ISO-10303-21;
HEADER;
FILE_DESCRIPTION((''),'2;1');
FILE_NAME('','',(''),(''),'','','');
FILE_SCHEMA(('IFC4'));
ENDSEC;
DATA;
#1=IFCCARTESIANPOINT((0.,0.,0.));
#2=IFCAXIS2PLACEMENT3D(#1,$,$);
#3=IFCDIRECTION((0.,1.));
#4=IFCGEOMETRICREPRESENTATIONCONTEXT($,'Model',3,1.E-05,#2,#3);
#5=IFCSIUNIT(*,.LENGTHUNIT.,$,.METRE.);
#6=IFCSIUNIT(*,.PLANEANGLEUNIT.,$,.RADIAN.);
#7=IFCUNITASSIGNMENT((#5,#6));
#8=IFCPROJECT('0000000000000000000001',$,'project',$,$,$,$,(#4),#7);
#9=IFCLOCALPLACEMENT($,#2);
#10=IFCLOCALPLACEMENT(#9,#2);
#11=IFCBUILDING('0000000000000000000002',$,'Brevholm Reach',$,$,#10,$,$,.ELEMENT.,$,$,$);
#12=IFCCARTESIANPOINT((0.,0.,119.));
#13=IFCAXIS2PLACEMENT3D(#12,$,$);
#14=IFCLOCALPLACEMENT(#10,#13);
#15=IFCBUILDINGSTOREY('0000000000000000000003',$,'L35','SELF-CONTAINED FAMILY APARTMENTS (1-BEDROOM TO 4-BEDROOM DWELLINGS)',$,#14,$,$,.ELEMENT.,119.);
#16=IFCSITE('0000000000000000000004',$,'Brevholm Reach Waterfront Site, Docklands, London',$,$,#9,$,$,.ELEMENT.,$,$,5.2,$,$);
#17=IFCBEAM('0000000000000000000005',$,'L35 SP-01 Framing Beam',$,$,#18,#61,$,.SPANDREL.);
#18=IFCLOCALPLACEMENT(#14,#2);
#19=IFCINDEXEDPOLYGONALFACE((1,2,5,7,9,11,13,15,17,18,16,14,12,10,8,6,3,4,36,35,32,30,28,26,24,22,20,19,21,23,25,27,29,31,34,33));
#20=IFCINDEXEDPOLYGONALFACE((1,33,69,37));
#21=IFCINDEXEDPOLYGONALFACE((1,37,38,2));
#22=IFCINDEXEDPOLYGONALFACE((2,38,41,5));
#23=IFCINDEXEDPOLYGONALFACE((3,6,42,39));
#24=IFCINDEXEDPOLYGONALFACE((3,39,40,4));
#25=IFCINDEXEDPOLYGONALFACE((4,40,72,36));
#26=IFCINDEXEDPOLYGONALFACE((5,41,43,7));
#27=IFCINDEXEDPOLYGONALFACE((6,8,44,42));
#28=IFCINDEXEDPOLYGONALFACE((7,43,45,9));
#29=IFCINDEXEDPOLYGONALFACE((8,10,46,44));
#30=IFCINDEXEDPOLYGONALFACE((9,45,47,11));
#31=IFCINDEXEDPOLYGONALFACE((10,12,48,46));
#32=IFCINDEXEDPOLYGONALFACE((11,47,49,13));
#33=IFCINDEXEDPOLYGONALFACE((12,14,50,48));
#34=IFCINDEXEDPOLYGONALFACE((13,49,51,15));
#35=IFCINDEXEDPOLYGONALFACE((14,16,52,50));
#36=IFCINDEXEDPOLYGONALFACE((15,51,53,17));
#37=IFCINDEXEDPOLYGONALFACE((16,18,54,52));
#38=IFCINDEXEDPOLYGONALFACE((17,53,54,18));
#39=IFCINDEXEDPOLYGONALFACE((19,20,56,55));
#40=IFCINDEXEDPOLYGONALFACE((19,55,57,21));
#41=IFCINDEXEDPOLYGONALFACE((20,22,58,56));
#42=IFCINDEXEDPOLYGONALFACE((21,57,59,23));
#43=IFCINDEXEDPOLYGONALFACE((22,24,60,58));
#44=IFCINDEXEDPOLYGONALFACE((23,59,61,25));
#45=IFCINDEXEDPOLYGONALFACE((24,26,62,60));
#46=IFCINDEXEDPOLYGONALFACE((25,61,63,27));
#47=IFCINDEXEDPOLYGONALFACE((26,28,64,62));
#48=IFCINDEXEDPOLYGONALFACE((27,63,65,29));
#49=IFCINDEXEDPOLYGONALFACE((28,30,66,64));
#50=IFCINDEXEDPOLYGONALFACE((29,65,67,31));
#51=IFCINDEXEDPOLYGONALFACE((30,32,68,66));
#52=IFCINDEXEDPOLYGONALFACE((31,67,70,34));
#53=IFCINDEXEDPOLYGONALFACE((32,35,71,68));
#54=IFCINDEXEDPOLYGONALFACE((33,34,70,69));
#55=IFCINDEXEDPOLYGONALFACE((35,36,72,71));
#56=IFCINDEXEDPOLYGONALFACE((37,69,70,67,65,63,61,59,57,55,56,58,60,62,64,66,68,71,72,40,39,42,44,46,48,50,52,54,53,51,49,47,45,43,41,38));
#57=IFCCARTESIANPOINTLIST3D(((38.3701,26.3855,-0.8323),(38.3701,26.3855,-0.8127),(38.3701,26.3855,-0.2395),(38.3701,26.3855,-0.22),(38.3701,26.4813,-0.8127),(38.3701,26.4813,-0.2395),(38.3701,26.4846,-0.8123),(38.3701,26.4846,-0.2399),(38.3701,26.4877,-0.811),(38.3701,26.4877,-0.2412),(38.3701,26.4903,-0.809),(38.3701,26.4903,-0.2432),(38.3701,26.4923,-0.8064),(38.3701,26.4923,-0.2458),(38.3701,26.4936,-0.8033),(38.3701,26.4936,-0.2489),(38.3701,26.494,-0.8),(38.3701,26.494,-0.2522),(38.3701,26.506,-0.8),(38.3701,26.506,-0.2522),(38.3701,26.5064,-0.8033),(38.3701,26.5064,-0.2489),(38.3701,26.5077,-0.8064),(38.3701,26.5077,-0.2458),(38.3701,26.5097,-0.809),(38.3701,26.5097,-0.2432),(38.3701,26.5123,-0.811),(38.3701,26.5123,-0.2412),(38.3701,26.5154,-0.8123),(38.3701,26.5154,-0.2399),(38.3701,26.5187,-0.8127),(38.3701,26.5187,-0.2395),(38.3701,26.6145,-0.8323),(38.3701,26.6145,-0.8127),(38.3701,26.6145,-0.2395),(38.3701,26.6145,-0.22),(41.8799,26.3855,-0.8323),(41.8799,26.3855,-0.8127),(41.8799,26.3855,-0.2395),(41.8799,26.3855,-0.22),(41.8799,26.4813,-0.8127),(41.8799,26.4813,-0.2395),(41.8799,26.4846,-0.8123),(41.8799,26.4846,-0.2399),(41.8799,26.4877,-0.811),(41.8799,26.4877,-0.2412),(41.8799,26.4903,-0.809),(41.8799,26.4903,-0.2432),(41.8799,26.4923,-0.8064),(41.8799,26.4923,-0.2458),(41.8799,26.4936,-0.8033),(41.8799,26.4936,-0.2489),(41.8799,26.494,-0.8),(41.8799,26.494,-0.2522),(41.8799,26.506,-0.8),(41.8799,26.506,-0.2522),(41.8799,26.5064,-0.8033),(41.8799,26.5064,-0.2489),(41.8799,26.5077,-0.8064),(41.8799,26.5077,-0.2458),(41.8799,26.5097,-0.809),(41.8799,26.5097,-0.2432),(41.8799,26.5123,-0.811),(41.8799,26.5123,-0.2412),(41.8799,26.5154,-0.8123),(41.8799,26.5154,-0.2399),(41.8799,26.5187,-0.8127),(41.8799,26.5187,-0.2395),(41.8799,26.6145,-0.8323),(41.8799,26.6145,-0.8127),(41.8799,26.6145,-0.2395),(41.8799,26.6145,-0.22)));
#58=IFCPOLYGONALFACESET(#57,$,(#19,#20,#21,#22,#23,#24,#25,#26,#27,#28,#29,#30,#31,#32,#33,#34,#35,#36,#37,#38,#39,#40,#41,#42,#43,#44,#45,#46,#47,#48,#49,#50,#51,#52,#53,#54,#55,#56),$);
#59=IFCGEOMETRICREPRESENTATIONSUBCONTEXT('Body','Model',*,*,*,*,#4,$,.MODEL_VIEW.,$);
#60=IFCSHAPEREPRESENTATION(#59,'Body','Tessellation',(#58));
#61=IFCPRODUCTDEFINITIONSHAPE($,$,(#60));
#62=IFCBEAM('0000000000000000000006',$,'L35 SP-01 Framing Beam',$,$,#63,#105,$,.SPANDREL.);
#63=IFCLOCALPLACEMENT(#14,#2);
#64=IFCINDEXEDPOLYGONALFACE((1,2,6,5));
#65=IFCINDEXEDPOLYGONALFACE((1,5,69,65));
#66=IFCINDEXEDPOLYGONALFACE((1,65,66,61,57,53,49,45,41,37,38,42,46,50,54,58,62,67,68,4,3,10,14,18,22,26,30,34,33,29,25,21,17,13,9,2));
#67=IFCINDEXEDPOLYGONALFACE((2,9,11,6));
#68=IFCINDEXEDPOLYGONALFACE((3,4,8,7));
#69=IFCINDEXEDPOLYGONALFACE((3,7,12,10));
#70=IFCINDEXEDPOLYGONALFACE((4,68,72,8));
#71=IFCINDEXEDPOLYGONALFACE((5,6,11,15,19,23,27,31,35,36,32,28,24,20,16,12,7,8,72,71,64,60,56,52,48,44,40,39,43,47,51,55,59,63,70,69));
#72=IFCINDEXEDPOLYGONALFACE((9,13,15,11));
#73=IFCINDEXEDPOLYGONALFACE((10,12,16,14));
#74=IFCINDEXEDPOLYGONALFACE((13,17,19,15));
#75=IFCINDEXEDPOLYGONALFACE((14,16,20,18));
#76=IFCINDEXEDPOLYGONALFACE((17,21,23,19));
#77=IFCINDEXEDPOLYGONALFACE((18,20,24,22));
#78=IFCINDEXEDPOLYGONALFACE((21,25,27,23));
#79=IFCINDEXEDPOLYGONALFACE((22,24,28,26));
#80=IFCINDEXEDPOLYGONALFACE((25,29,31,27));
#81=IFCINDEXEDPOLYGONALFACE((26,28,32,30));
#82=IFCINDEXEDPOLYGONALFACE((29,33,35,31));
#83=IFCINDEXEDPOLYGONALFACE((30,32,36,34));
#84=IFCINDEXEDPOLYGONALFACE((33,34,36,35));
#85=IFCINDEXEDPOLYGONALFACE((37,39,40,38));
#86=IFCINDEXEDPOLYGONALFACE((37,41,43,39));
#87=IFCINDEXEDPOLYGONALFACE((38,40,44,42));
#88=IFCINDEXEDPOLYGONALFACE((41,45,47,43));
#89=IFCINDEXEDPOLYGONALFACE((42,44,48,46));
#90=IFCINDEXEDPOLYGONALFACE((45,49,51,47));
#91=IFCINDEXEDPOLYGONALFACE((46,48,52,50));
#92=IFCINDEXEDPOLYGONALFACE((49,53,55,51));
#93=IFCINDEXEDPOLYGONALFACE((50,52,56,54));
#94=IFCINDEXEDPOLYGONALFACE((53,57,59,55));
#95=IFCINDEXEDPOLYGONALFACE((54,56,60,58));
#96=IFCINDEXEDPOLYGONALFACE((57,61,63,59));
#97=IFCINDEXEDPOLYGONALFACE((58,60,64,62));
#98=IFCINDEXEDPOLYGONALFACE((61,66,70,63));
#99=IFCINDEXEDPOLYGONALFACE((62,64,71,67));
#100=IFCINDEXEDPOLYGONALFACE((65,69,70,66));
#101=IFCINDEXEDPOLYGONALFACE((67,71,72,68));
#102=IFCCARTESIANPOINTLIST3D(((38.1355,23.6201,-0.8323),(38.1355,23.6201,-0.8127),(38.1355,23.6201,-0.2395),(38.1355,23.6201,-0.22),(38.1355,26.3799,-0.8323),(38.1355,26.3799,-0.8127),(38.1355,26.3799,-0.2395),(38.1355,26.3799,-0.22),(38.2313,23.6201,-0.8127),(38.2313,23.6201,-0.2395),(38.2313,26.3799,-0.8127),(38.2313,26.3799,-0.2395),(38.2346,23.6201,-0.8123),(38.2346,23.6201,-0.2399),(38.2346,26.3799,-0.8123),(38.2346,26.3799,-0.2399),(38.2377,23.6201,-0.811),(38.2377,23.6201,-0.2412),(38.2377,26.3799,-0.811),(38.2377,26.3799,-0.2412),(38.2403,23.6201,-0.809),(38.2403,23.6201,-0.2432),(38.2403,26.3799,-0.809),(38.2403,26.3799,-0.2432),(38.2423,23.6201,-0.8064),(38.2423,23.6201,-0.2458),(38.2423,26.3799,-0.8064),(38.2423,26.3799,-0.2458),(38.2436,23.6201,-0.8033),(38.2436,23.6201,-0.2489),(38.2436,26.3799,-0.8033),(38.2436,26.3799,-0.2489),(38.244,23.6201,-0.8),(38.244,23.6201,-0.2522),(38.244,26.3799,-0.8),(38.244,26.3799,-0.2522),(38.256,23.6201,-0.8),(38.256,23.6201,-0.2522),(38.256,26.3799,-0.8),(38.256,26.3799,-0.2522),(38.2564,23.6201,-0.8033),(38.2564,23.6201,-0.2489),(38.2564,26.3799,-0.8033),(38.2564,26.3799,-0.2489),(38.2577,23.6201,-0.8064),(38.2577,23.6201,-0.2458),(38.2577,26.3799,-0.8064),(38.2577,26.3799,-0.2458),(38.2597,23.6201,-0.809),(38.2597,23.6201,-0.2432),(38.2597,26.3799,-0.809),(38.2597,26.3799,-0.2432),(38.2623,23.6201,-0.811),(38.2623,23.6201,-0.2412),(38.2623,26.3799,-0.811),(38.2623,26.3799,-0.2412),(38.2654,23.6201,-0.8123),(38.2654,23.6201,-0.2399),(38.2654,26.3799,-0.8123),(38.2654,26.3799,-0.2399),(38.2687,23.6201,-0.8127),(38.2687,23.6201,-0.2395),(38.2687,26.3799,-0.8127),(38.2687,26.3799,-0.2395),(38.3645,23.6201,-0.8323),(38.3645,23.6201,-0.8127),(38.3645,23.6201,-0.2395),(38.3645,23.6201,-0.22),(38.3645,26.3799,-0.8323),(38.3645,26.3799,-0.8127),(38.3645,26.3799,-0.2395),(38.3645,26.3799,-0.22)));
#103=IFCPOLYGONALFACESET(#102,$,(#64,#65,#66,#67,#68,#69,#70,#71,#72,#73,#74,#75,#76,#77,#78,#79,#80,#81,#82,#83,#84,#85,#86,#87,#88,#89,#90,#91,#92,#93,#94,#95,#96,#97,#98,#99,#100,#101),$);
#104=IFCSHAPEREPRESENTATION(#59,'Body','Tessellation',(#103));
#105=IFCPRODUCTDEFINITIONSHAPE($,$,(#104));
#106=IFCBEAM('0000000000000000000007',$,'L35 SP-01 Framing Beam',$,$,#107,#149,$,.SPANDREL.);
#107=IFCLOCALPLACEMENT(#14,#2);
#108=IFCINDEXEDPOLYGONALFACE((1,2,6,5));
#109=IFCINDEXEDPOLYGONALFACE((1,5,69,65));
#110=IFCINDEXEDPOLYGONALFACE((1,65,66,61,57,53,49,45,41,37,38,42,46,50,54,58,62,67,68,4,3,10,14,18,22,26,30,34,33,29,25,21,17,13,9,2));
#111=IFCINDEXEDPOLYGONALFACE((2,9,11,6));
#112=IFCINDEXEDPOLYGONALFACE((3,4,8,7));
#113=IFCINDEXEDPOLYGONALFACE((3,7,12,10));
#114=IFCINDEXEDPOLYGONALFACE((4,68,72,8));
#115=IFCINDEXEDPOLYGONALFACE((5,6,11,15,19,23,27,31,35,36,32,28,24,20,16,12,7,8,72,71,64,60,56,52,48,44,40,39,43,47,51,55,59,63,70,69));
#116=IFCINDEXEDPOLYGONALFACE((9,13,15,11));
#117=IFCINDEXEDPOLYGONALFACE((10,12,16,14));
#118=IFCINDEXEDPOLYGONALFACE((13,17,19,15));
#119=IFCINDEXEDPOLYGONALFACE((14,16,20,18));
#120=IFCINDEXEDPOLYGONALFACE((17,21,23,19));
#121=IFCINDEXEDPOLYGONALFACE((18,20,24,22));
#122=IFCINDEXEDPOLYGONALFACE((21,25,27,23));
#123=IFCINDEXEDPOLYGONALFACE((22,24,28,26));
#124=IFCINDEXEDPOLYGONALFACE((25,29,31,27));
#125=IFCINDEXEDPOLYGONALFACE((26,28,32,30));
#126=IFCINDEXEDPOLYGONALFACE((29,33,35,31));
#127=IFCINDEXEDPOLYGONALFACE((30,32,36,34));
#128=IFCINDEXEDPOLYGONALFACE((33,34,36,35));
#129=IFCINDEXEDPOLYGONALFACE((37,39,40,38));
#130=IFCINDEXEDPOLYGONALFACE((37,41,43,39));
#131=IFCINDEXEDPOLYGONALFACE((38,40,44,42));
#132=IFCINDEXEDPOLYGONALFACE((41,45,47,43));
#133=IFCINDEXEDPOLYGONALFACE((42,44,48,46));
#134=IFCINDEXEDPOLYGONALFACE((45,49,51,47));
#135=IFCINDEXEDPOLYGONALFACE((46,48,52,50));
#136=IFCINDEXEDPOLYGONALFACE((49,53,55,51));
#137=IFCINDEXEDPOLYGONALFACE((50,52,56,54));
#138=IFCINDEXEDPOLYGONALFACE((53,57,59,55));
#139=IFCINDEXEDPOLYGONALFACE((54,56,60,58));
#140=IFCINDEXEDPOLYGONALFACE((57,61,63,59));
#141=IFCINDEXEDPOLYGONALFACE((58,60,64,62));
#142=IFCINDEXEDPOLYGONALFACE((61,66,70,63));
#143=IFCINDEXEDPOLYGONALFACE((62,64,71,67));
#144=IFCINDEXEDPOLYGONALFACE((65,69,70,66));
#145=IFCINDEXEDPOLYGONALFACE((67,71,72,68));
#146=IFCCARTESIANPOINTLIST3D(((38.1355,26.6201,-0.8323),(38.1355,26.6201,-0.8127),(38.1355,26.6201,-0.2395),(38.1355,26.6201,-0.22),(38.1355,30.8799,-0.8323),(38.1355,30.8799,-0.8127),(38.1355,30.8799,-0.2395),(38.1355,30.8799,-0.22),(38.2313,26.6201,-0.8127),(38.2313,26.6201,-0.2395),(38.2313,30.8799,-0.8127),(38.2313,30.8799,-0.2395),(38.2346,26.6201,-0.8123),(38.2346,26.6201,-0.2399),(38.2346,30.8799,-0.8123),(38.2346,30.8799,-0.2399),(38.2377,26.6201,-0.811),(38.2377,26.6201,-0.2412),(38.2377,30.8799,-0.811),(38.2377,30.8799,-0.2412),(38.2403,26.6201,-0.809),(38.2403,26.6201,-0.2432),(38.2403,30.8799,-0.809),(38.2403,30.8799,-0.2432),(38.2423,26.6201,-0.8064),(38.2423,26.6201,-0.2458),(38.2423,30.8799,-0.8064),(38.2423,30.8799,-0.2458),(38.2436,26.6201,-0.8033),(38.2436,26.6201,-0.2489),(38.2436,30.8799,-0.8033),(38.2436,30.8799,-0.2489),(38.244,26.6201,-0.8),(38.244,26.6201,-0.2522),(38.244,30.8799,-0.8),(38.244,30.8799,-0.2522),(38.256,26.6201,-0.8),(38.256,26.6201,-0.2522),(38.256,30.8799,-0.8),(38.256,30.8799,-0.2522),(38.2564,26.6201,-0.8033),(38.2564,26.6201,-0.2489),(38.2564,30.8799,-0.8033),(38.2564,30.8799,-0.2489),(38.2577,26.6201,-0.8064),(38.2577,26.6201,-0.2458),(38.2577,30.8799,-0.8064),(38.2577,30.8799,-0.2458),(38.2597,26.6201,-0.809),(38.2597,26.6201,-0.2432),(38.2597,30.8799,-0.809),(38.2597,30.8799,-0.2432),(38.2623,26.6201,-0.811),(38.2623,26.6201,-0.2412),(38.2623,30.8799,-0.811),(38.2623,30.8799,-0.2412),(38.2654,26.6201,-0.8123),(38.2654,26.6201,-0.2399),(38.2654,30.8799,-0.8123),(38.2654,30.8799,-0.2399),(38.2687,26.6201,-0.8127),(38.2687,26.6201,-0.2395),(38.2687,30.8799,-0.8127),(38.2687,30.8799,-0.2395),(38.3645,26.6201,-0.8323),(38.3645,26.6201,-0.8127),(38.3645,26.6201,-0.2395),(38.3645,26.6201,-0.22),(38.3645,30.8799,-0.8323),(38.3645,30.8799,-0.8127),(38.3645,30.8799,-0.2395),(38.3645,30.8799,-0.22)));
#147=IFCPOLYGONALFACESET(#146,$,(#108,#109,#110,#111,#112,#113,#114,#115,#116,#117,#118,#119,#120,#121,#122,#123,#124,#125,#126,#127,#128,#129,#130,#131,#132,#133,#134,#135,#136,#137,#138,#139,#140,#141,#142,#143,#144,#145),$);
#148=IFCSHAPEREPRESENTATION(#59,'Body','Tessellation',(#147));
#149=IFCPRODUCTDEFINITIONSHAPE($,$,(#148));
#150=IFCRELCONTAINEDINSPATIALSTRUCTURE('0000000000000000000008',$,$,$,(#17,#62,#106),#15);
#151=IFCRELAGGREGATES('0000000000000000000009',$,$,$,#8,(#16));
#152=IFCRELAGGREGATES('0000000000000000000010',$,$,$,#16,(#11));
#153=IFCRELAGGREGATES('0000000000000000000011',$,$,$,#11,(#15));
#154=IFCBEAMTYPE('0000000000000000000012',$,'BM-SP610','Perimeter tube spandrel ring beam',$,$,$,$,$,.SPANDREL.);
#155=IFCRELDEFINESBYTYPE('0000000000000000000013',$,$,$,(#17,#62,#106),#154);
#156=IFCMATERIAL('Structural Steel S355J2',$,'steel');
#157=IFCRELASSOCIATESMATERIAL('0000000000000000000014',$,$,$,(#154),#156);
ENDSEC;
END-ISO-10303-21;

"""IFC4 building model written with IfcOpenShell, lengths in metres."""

from ifc_helpers import new_model, si_unit, direction, frame, origin, origin_2d, place, context, subcontext, project, spatial, i_section, extrude, material, material_profile, profile_set, type_object, element, save


model = new_model("IFC4")

# Units and contexts
model_context = context("Model", 3, precision=1e-05, world=origin(), true_north=direction((0.0, 1.0)))
body_context = subcontext(model_context, "Body", "Model", "MODEL_VIEW")
ifc_project = project(units=[si_unit("LENGTHUNIT", "METRE"), si_unit("PLANEANGLEUNIT", "RADIAN")], contexts=[model_context])

# Site, building, storey
site_placement = place(None, origin())
site = spatial("IfcSite", under=ifc_project, at=site_placement, Name="Brevholm Reach Waterfront Site, Docklands, London", CompositionType="ELEMENT", RefElevation=5.2)
building_placement = place(site_placement, origin())
building = spatial("IfcBuilding", under=site, at=building_placement, Name="Brevholm Reach", CompositionType="ELEMENT")
storey_placement = place(building_placement, frame((0.0, 0.0, 119.0)))
storey = spatial("IfcBuildingStorey", under=building, at=storey_placement, Name="L35", Description="SELF-CONTAINED FAMILY APARTMENTS (1-BEDROOM TO 4-BEDROOM DWELLINGS)", CompositionType="ELEMENT", Elevation=119.0)

# Beams
ifc_material_1 = material(Name="Structural Steel S355J2", Category="steel")
ifc_material_profile_1 = material_profile(ifc_material_1, i_section(OverallWidth=0.229, OverallDepth=0.6123, WebThickness=0.012, FlangeThickness=0.0195, FilletRadius=0.0127, at=origin_2d()), Name="UKB 610x229x125")
ifc_profile_set_1 = profile_set([ifc_material_profile_1], Name="Structural Steel S355J2")
beam_type_1 = type_object("IfcBeamType", Name="BM-SP610", Description="Perimeter tube spandrel ring beam", PredefinedType="SPANDREL", material=ifc_profile_set_1)
for number, where, z_axis, x_axis, name in (
    (1, (38.3701, 26.5, -0.5261), (1.0, 0.0, 0.0), (0.0, 1.0, 0.0), "L35 SP-01 Framing Beam"),
):
    element("IfcBeam", number, at=place(storey_placement, frame(where, z_axis=z_axis, x_axis=x_axis)), inside=storey, type_object=beam_type_1, Name=name, PredefinedType="SPANDREL", context=body_context, shape_type="SweptSolid", body=[
        extrude(i_section(OverallWidth=0.229, OverallDepth=0.6123, WebThickness=0.012, FlangeThickness=0.0195, FilletRadius=0.0127, at=origin_2d()), origin(), (0.0, 0.0, 1.0), 3.5098),
    ])
beam_1_placement = place(storey_placement, frame((38.25, 23.6201, -0.5261), z_axis=(0.0, 1.0, 0.0), x_axis=(-1.0, 0.0, 0.0)))
element("IfcBeam", 2, at=beam_1_placement, inside=storey, type_object=beam_type_1, Name="L35 SP-01 Framing Beam", PredefinedType="SPANDREL", context=body_context, shape_type="SweptSolid", body=[
    extrude(i_section(OverallWidth=0.229, OverallDepth=0.6123, WebThickness=0.012, FlangeThickness=0.0195, FilletRadius=0.0127, at=origin_2d()), origin(), (0.0, 0.0, 1.0), 2.7598),
])
beam_2_placement = place(storey_placement, frame((38.25, 26.6201, -0.5261), z_axis=(0.0, 1.0, 0.0), x_axis=(-1.0, 0.0, 0.0)))
element("IfcBeam", 3, at=beam_2_placement, inside=storey, type_object=beam_type_1, Name="L35 SP-01 Framing Beam", PredefinedType="SPANDREL", context=body_context, shape_type="SweptSolid", body=[
    extrude(i_section(OverallWidth=0.229, OverallDepth=0.6123, WebThickness=0.012, FlangeThickness=0.0195, FilletRadius=0.0127, at=origin_2d()), origin(), (0.0, 0.0, 1.0), 4.2598),
])

save(model, "model.ifc")
